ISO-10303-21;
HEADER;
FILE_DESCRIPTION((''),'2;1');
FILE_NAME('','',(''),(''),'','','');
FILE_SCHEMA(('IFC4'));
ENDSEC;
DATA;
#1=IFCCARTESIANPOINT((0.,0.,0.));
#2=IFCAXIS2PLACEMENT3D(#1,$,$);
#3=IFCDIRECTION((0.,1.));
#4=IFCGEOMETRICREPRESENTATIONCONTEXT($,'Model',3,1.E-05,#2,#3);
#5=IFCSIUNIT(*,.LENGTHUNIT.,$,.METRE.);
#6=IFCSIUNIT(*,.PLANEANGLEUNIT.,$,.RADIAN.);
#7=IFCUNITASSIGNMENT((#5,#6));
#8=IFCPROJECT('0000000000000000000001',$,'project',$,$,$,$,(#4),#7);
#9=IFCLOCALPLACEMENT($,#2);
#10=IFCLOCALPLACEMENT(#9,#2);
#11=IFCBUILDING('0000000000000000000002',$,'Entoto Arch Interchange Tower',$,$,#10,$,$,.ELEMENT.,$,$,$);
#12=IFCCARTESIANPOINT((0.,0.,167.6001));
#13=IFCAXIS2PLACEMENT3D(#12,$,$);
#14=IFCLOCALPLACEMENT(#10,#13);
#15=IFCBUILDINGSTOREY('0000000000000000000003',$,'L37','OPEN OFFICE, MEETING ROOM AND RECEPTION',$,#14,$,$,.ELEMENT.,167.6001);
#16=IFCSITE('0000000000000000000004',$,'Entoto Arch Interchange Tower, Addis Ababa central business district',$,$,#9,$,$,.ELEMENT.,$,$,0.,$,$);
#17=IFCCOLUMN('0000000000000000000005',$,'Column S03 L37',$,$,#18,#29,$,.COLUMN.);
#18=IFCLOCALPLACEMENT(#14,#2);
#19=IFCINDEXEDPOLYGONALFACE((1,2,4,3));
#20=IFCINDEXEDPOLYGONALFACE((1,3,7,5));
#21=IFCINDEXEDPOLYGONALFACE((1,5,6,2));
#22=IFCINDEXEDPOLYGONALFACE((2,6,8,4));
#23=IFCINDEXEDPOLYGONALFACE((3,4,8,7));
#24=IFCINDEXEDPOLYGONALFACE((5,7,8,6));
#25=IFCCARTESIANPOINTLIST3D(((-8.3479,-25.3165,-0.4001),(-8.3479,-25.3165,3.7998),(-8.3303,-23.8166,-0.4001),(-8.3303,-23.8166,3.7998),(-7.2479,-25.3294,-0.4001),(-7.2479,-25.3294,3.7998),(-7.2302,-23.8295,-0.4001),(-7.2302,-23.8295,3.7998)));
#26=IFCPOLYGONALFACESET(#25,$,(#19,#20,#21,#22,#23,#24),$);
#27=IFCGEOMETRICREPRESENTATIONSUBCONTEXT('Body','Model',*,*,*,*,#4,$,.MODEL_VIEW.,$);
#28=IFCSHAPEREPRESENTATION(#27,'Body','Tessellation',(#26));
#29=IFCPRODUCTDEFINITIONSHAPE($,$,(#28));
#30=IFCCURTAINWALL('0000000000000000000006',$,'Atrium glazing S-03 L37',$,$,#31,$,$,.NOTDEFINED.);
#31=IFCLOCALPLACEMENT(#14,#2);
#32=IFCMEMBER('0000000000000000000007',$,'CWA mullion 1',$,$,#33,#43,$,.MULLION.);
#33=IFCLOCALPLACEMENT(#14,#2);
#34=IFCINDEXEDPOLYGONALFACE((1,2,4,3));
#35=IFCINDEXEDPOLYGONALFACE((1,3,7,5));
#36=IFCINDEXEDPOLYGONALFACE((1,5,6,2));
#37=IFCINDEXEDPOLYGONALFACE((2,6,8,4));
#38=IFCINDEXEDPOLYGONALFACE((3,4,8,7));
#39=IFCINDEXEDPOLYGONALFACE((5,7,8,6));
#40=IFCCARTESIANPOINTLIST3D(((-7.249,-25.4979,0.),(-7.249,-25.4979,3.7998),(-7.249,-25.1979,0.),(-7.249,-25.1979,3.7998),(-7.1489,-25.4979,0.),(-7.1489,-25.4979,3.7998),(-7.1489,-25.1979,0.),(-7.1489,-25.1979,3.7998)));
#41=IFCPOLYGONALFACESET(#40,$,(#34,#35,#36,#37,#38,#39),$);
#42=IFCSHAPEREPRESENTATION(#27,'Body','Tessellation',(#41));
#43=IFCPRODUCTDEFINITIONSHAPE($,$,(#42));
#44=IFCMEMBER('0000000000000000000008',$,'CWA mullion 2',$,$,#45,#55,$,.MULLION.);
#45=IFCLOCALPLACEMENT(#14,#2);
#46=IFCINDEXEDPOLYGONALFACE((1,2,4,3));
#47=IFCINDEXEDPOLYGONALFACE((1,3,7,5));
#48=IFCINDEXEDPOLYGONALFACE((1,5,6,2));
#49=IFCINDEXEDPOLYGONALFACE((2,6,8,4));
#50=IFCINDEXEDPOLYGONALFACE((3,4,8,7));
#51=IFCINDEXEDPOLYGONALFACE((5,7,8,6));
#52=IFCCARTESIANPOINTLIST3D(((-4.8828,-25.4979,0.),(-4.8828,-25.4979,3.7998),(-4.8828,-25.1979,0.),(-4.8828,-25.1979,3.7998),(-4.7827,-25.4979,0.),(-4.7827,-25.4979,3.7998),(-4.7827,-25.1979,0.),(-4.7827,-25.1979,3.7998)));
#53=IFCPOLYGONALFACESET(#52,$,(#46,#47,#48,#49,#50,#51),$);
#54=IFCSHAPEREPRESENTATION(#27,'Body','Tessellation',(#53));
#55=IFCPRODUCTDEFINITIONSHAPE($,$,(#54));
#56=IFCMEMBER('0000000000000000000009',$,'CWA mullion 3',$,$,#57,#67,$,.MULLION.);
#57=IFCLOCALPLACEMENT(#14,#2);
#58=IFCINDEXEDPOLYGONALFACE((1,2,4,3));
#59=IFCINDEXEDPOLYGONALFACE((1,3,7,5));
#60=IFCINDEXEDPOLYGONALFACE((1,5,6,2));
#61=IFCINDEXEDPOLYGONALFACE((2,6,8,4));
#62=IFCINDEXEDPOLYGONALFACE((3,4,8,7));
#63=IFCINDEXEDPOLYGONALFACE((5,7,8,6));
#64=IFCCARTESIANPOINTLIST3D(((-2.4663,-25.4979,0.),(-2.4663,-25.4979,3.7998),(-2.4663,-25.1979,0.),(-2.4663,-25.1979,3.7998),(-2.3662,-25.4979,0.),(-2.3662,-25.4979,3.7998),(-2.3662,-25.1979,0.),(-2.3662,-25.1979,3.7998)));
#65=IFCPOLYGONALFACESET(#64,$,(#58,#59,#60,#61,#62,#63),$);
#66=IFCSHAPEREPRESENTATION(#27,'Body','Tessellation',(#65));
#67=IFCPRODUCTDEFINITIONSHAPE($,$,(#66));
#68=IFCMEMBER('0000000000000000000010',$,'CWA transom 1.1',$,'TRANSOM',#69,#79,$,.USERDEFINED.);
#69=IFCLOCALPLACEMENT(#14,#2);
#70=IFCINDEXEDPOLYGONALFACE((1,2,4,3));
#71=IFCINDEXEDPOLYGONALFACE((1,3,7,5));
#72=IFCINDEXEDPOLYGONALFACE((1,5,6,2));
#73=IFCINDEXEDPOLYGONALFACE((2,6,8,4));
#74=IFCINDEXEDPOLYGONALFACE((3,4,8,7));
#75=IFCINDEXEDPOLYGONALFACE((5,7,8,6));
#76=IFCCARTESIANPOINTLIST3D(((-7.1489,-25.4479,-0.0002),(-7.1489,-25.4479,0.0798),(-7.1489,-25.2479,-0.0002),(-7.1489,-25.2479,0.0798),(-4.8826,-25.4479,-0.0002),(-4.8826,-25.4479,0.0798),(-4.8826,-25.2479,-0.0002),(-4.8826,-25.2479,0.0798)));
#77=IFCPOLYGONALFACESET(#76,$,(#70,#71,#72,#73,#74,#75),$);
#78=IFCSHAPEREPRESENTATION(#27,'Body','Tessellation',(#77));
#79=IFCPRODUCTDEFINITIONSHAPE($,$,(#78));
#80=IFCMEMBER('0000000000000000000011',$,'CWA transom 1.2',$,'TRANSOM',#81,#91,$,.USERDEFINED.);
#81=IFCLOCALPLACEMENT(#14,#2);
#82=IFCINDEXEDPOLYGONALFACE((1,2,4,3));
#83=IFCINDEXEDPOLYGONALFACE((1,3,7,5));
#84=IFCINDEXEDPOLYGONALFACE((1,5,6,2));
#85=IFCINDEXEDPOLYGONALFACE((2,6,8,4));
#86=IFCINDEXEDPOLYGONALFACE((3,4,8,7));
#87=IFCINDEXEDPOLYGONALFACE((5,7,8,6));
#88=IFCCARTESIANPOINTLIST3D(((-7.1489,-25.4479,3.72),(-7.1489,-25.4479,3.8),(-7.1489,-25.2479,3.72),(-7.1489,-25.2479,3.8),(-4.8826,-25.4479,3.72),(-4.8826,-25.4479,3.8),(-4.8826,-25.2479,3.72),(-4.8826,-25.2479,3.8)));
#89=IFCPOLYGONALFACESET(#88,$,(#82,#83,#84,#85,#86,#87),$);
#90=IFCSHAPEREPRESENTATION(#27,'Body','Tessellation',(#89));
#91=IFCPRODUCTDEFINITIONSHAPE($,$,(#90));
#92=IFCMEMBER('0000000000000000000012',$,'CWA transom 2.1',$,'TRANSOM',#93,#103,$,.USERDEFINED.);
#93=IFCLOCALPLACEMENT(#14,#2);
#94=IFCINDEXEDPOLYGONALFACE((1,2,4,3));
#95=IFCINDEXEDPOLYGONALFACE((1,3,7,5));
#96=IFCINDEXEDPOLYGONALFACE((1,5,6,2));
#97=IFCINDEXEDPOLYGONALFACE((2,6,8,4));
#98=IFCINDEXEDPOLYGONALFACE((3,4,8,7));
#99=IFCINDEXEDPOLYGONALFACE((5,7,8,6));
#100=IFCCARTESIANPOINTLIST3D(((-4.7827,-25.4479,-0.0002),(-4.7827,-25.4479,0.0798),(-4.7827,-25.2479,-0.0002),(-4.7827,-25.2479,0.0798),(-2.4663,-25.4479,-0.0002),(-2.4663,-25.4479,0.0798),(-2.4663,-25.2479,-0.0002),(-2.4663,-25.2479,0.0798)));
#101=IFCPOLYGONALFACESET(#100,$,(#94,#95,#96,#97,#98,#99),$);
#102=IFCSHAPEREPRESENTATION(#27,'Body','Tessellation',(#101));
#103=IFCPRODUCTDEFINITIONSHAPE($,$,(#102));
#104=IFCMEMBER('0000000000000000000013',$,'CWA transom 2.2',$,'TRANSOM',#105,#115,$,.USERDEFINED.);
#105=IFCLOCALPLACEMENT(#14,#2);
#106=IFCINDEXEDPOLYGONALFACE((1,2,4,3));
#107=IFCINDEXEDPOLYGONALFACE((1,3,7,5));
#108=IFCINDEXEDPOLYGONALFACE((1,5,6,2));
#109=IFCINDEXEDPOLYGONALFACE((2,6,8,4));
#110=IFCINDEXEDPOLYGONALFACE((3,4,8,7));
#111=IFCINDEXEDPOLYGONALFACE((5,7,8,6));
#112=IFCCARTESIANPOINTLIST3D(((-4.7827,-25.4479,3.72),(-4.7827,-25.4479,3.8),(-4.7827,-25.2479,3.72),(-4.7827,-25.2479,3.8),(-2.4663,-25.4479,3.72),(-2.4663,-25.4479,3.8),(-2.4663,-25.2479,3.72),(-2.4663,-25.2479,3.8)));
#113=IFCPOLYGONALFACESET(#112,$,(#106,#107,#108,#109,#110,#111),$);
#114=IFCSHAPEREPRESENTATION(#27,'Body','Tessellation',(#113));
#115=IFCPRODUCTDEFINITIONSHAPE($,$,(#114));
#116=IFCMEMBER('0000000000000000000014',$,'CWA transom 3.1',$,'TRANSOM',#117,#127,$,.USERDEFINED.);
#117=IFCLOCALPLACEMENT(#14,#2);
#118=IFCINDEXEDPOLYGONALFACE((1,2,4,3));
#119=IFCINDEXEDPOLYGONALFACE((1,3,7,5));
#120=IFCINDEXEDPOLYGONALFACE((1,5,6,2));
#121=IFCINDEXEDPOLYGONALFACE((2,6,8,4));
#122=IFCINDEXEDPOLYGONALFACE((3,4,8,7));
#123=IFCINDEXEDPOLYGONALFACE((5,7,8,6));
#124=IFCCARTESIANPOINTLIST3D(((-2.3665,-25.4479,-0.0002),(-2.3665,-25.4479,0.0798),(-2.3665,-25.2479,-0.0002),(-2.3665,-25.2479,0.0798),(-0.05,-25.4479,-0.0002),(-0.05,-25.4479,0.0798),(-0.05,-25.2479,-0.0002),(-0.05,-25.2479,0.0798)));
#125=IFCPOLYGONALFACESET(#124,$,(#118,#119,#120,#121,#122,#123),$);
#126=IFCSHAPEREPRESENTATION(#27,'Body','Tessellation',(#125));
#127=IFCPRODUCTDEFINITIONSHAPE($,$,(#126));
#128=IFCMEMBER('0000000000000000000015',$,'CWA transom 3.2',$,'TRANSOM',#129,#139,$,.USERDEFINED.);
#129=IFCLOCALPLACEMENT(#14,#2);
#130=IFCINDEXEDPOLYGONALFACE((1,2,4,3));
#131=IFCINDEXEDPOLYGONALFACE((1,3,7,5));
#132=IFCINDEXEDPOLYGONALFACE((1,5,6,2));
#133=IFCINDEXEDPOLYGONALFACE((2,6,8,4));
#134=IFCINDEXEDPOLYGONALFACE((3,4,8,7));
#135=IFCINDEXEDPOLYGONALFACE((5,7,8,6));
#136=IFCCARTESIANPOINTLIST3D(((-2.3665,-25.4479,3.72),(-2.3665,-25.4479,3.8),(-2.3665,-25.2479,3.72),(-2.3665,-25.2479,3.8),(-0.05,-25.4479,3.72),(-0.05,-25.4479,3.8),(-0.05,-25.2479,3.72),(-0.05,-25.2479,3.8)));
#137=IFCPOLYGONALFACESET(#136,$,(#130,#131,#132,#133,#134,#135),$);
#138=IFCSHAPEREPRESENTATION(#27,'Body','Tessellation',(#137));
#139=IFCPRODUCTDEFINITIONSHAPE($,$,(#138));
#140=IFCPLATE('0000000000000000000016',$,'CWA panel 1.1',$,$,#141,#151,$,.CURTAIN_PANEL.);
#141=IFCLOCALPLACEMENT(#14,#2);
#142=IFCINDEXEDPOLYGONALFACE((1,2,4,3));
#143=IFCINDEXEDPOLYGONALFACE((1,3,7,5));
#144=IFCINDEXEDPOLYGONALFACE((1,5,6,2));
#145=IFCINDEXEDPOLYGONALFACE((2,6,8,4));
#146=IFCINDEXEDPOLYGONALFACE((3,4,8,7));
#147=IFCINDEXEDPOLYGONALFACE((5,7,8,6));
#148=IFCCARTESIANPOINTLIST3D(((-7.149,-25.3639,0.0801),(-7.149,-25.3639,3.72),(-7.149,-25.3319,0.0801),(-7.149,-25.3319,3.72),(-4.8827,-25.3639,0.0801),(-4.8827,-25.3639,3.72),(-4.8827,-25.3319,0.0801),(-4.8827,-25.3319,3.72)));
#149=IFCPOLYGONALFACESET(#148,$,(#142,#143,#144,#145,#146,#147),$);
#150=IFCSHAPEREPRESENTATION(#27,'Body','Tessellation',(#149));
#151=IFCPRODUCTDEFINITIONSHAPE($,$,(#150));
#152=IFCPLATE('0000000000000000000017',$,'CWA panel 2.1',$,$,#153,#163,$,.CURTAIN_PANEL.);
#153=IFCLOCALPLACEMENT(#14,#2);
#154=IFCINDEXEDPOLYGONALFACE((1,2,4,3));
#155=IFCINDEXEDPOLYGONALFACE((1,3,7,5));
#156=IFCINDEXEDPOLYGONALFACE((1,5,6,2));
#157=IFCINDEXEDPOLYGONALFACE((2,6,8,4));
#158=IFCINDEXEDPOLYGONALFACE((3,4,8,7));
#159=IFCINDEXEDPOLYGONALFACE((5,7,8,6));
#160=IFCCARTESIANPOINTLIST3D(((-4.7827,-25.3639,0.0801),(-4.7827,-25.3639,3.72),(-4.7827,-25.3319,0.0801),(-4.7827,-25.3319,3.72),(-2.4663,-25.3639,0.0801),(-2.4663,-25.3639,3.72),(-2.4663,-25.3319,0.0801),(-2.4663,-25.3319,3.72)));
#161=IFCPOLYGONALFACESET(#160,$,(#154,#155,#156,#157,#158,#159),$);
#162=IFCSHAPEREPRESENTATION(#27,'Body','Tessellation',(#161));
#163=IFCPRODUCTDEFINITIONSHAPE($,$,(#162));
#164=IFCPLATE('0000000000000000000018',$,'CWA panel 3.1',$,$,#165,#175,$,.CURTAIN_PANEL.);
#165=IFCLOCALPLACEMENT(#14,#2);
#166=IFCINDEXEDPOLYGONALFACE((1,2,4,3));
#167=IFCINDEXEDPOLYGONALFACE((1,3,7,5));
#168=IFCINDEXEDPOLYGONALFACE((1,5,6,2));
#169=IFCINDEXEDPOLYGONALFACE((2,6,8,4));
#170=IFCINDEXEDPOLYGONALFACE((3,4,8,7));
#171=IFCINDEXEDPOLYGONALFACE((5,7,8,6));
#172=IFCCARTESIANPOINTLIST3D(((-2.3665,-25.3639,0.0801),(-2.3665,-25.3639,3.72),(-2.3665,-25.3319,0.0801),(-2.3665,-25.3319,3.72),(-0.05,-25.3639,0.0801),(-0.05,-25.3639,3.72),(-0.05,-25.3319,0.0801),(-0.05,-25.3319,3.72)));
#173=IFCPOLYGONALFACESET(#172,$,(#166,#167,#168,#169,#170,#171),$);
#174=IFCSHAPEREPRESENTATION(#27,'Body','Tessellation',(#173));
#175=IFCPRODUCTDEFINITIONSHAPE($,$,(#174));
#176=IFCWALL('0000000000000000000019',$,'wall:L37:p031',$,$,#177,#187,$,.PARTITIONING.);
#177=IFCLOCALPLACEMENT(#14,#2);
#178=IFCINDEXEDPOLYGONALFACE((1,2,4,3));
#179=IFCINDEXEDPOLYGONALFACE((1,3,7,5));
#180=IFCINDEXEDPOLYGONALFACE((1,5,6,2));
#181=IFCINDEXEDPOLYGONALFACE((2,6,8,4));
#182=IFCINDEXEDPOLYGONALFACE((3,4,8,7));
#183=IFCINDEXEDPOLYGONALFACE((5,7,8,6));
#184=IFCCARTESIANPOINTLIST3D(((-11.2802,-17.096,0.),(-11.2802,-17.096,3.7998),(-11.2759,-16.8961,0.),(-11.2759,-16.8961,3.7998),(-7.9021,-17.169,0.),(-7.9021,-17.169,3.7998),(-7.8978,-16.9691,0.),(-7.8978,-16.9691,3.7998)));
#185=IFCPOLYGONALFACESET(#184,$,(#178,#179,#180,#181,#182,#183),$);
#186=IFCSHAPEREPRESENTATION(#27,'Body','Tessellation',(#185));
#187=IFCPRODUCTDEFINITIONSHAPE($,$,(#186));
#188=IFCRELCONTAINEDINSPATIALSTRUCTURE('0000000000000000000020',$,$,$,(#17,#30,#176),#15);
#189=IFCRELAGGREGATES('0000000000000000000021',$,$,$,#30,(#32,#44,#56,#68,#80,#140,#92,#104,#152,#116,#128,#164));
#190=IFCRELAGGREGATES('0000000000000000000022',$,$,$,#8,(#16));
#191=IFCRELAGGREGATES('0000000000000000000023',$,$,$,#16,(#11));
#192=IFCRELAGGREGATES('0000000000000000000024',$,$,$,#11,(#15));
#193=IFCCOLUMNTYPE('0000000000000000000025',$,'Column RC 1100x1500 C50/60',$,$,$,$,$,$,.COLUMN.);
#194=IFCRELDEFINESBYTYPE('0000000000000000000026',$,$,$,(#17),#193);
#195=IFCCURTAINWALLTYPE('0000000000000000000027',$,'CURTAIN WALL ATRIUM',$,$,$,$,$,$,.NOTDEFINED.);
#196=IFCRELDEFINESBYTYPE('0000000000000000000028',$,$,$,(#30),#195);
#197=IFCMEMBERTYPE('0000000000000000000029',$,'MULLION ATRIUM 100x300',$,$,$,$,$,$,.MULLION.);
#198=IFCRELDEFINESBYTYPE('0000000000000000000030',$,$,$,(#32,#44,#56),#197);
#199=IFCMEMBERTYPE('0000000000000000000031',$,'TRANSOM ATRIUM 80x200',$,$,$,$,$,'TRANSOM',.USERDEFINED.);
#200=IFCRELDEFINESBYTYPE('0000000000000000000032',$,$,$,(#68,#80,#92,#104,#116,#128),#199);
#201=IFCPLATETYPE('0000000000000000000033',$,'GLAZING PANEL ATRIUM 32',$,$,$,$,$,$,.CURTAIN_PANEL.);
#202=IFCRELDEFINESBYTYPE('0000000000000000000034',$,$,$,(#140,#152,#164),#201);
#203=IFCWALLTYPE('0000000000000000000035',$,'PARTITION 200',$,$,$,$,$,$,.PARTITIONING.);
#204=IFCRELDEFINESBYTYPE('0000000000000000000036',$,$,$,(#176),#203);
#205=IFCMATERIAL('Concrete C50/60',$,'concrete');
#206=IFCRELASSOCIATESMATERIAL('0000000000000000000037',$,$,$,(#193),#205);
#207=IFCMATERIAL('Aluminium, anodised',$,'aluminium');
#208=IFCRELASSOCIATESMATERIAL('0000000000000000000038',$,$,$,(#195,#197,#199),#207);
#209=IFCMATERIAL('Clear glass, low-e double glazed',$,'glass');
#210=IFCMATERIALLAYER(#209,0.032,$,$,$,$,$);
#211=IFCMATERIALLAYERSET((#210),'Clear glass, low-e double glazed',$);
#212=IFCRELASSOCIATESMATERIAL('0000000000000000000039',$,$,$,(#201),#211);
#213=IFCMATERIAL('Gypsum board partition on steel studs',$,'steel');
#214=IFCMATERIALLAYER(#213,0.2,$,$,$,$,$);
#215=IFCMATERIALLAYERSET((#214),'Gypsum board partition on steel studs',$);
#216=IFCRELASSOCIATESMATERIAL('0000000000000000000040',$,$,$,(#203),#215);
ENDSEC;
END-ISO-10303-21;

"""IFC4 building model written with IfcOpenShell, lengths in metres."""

from ifc_helpers import new_model, si_unit, direction, frame, frame_2d, origin, origin_2d, place, context, subcontext, project, spatial, rectangle, extrude, material, layer, layer_set, material_profile, profile_set, type_object, element, aggregate, save


model = new_model("IFC4")

# Units and contexts
model_context = context("Model", 3, precision=1e-05, world=origin(), true_north=direction((0.0, 1.0)))
body_context = subcontext(model_context, "Body", "Model", "MODEL_VIEW")
ifc_project = project(units=[si_unit("LENGTHUNIT", "METRE"), si_unit("PLANEANGLEUNIT", "RADIAN")], contexts=[model_context])

# Site, building, storey
site_placement = place(None, origin())
site = spatial("IfcSite", under=ifc_project, at=site_placement, Name="Entoto Arch Interchange Tower, Addis Ababa central business district", CompositionType="ELEMENT", RefElevation=0.0)
building_placement = place(site_placement, origin())
building = spatial("IfcBuilding", under=site, at=building_placement, Name="Entoto Arch Interchange Tower", CompositionType="ELEMENT")
storey_placement = place(building_placement, frame((0.0, 0.0, 167.6001)))
storey = spatial("IfcBuildingStorey", under=building, at=storey_placement, Name="L37", Description="OPEN OFFICE, MEETING ROOM AND RECEPTION", CompositionType="ELEMENT", Elevation=167.6001)

# Column
ifc_material_1 = material(Name="Concrete C50/60", Category="concrete")
ifc_material_profile_1 = material_profile(ifc_material_1, rectangle(XDim=1.1001, YDim=1.5, at=origin_2d()))
ifc_profile_set_1 = profile_set([ifc_material_profile_1], Name="Concrete C50/60")
column_type = type_object("IfcColumnType", Name="Column RC 1100x1500 C50/60", PredefinedType="COLUMN", material=ifc_profile_set_1)
column_placement = place(storey_placement, frame((-7.7891, -24.573, -0.4001), z_axis=(0.0, 0.0, 1.0), x_axis=(-0.999931, 0.011746, 0.0)))
element("IfcColumn", 1, at=column_placement, inside=storey, type_object=column_type, Name="Column S03 L37", PredefinedType="COLUMN", context=body_context, shape_type="SweptSolid", body=[
    extrude(rectangle(XDim=1.1001, YDim=1.5, at=origin_2d()), origin(), (0.0, 0.0, 1.0), 4.2),
])

# Curtain wall, members, plates
ifc_material_2 = material(Name="Aluminium, anodised", Category="aluminium")
curtain_wall_type = type_object("IfcCurtainWallType", Name="CURTAIN WALL ATRIUM", PredefinedType="NOTDEFINED", material=ifc_material_2)
curtain_wall_placement = place(storey_placement, origin())
curtain_wall = element("IfcCurtainWall", 2, at=curtain_wall_placement, inside=storey, type_object=curtain_wall_type, Name="Atrium glazing S-03 L37", PredefinedType="NOTDEFINED")
ifc_material_profile_2 = material_profile(ifc_material_2, rectangle(XDim=0.3, YDim=0.1001, at=origin_2d()))
ifc_profile_set_2 = profile_set([ifc_material_profile_2], Name="Aluminium, anodised")
member_type_1 = type_object("IfcMemberType", Name="MULLION ATRIUM 100x300", PredefinedType="MULLION", material=ifc_profile_set_2)
member_1_placement = place(storey_placement, frame((-7.199, -25.3479, 0.0), z_axis=(0.0, 0.0, 1.0), x_axis=(0.0, 1.0, 0.0)))
member_1 = element("IfcMember", 3, at=member_1_placement, type_object=member_type_1, Name="CWA mullion 1", PredefinedType="MULLION", context=body_context, shape_type="SweptSolid", body=[
    extrude(rectangle(XDim=0.3, YDim=0.1001, at=origin_2d()), origin(), (0.0, 0.0, 1.0), 3.7998),
])
member_2_placement = place(storey_placement, frame((-4.8328, -25.3479, 0.0), z_axis=(0.0, 0.0, 1.0), x_axis=(0.0, 1.0, 0.0)))
member_2 = element("IfcMember", 4, at=member_2_placement, type_object=member_type_1, Name="CWA mullion 2", PredefinedType="MULLION", context=body_context, shape_type="SweptSolid", body=[
    extrude(rectangle(XDim=0.3, YDim=0.1001, at=origin_2d()), origin(), (0.0, 0.0, 1.0), 3.7998),
])
member_3_placement = place(storey_placement, frame((-2.4163, -25.3479, 0.0), z_axis=(0.0, 0.0, 1.0), x_axis=(0.0, 1.0, 0.0)))
member_3 = element("IfcMember", 5, at=member_3_placement, type_object=member_type_1, Name="CWA mullion 3", PredefinedType="MULLION", context=body_context, shape_type="SweptSolid", body=[
    extrude(rectangle(XDim=0.3, YDim=0.1001, at=origin_2d()), origin(), (0.0, 0.0, 1.0), 3.7998),
])
ifc_material_profile_3 = material_profile(ifc_material_2, rectangle(XDim=0.2, YDim=0.0801, at=origin_2d()))
ifc_profile_set_3 = profile_set([ifc_material_profile_3], Name="Aluminium, anodised")
member_type_2 = type_object("IfcMemberType", Name="TRANSOM ATRIUM 80x200", ElementType="TRANSOM", PredefinedType="USERDEFINED", material=ifc_profile_set_3)
member_4_placement = place(storey_placement, frame((-7.1489, -25.3479, 0.0398), z_axis=(1.0, 0.0, 0.0), x_axis=(0.0, 1.0, 0.0)))
member_4 = element("IfcMember", 6, at=member_4_placement, type_object=member_type_2, Name="CWA transom 1.1", ObjectType="TRANSOM", PredefinedType="USERDEFINED", context=body_context, shape_type="SweptSolid", body=[
    extrude(rectangle(XDim=0.2, YDim=0.0801, at=origin_2d()), origin(), (0.0, 0.0, 1.0), 2.2664),
])
member_5_placement = place(storey_placement, frame((-7.1489, -25.3479, 3.76), z_axis=(1.0, 0.0, 0.0), x_axis=(0.0, 1.0, 0.0)))
member_5 = element("IfcMember", 7, at=member_5_placement, type_object=member_type_2, Name="CWA transom 1.2", ObjectType="TRANSOM", PredefinedType="USERDEFINED", context=body_context, shape_type="SweptSolid", body=[
    extrude(rectangle(XDim=0.2, YDim=0.0801, at=origin_2d()), origin(), (0.0, 0.0, 1.0), 2.2664),
])
member_6_placement = place(storey_placement, frame((-4.7827, -25.3479, 0.0398), z_axis=(1.0, 0.0, 0.0), x_axis=(0.0, 1.0, 0.0)))
member_6 = element("IfcMember", 8, at=member_6_placement, type_object=member_type_2, Name="CWA transom 2.1", ObjectType="TRANSOM", PredefinedType="USERDEFINED", context=body_context, shape_type="SweptSolid", body=[
    extrude(rectangle(XDim=0.2, YDim=0.0801, at=origin_2d()), origin(), (0.0, 0.0, 1.0), 2.3164),
])
member_7_placement = place(storey_placement, frame((-4.7827, -25.3479, 3.76), z_axis=(1.0, 0.0, 0.0), x_axis=(0.0, 1.0, 0.0)))
member_7 = element("IfcMember", 9, at=member_7_placement, type_object=member_type_2, Name="CWA transom 2.2", ObjectType="TRANSOM", PredefinedType="USERDEFINED", context=body_context, shape_type="SweptSolid", body=[
    extrude(rectangle(XDim=0.2, YDim=0.0801, at=origin_2d()), origin(), (0.0, 0.0, 1.0), 2.3164),
])
member_8_placement = place(storey_placement, frame((-2.3665, -25.3479, 0.0398), z_axis=(1.0, 0.0, 0.0), x_axis=(0.0, 1.0, 0.0)))
member_8 = element("IfcMember", 10, at=member_8_placement, type_object=member_type_2, Name="CWA transom 3.1", ObjectType="TRANSOM", PredefinedType="USERDEFINED", context=body_context, shape_type="SweptSolid", body=[
    extrude(rectangle(XDim=0.2, YDim=0.0801, at=origin_2d()), origin(), (0.0, 0.0, 1.0), 2.3164),
])
member_9_placement = place(storey_placement, frame((-2.3665, -25.3479, 3.76), z_axis=(1.0, 0.0, 0.0), x_axis=(0.0, 1.0, 0.0)))
member_9 = element("IfcMember", 11, at=member_9_placement, type_object=member_type_2, Name="CWA transom 3.2", ObjectType="TRANSOM", PredefinedType="USERDEFINED", context=body_context, shape_type="SweptSolid", body=[
    extrude(rectangle(XDim=0.2, YDim=0.0801, at=origin_2d()), origin(), (0.0, 0.0, 1.0), 2.3164),
])
ifc_material_3 = material(Name="Clear glass, low-e double glazed", Category="glass")
ifc_layer_1 = layer(ifc_material_3, 0.032)
ifc_layer_set_1 = layer_set([ifc_layer_1], Name="Clear glass, low-e double glazed")
plate_type = type_object("IfcPlateType", Name="GLAZING PANEL ATRIUM 32", PredefinedType="CURTAIN_PANEL", material=ifc_layer_set_1)
plate_1_placement = place(storey_placement, frame((-6.0159, -25.3479, 0.0801), z_axis=(0.0, 0.0, 1.0), x_axis=(1.0, 0.0, 0.0)))
plate_1 = element("IfcPlate", 12, at=plate_1_placement, type_object=plate_type, Name="CWA panel 1.1", PredefinedType="CURTAIN_PANEL", context=body_context, shape_type="SweptSolid", body=[
    extrude(rectangle(XDim=2.2664, YDim=0.032, at=origin_2d()), origin(), (0.0, 0.0, 1.0), 3.6399),
])
plate_2_placement = place(storey_placement, frame((-3.6245, -25.3479, 0.0801), z_axis=(0.0, 0.0, 1.0), x_axis=(1.0, 0.0, 0.0)))
plate_2 = element("IfcPlate", 13, at=plate_2_placement, type_object=plate_type, Name="CWA panel 2.1", PredefinedType="CURTAIN_PANEL", context=body_context, shape_type="SweptSolid", body=[
    extrude(rectangle(XDim=2.3164, YDim=0.032, at=origin_2d()), origin(), (0.0, 0.0, 1.0), 3.6399),
])
plate_3_placement = place(storey_placement, frame((-1.2083, -25.3479, 0.0801), z_axis=(0.0, 0.0, 1.0), x_axis=(1.0, 0.0, 0.0)))
plate_3 = element("IfcPlate", 14, at=plate_3_placement, type_object=plate_type, Name="CWA panel 3.1", PredefinedType="CURTAIN_PANEL", context=body_context, shape_type="SweptSolid", body=[
    extrude(rectangle(XDim=2.3164, YDim=0.032, at=origin_2d()), origin(), (0.0, 0.0, 1.0), 3.6399),
])
aggregate(curtain_wall, [member_1, member_2, member_3, member_4, member_5, plate_1, member_6, member_7, plate_2, member_8, member_9, plate_3])

# Wall
ifc_material_4 = material(Name="Gypsum board partition on steel studs", Category="steel")
ifc_layer_2 = layer(ifc_material_4, 0.2)
ifc_layer_set_2 = layer_set([ifc_layer_2], Name="Gypsum board partition on steel studs")
wall_type_1 = type_object("IfcWallType", Name="PARTITION 200", PredefinedType="PARTITIONING", material=ifc_layer_set_2)
wall_1_placement = place(storey_placement, frame((-11.2781, -16.9961, 0.0), z_axis=(0.0, 0.0, 1.0), x_axis=(0.999767, -0.021604, 0.0)))
element("IfcWall", 15, at=wall_1_placement, inside=storey, type_object=wall_type_1, Name="wall:L37:p031", PredefinedType="PARTITIONING", context=body_context, shape_type="SweptSolid", body=[
    extrude(rectangle(XDim=3.3789, YDim=0.2, at=frame_2d((1.6895, 0.0))), origin(), (0.0, 0.0, 1.0), 3.7998),
])

save(model, "model.ifc")
